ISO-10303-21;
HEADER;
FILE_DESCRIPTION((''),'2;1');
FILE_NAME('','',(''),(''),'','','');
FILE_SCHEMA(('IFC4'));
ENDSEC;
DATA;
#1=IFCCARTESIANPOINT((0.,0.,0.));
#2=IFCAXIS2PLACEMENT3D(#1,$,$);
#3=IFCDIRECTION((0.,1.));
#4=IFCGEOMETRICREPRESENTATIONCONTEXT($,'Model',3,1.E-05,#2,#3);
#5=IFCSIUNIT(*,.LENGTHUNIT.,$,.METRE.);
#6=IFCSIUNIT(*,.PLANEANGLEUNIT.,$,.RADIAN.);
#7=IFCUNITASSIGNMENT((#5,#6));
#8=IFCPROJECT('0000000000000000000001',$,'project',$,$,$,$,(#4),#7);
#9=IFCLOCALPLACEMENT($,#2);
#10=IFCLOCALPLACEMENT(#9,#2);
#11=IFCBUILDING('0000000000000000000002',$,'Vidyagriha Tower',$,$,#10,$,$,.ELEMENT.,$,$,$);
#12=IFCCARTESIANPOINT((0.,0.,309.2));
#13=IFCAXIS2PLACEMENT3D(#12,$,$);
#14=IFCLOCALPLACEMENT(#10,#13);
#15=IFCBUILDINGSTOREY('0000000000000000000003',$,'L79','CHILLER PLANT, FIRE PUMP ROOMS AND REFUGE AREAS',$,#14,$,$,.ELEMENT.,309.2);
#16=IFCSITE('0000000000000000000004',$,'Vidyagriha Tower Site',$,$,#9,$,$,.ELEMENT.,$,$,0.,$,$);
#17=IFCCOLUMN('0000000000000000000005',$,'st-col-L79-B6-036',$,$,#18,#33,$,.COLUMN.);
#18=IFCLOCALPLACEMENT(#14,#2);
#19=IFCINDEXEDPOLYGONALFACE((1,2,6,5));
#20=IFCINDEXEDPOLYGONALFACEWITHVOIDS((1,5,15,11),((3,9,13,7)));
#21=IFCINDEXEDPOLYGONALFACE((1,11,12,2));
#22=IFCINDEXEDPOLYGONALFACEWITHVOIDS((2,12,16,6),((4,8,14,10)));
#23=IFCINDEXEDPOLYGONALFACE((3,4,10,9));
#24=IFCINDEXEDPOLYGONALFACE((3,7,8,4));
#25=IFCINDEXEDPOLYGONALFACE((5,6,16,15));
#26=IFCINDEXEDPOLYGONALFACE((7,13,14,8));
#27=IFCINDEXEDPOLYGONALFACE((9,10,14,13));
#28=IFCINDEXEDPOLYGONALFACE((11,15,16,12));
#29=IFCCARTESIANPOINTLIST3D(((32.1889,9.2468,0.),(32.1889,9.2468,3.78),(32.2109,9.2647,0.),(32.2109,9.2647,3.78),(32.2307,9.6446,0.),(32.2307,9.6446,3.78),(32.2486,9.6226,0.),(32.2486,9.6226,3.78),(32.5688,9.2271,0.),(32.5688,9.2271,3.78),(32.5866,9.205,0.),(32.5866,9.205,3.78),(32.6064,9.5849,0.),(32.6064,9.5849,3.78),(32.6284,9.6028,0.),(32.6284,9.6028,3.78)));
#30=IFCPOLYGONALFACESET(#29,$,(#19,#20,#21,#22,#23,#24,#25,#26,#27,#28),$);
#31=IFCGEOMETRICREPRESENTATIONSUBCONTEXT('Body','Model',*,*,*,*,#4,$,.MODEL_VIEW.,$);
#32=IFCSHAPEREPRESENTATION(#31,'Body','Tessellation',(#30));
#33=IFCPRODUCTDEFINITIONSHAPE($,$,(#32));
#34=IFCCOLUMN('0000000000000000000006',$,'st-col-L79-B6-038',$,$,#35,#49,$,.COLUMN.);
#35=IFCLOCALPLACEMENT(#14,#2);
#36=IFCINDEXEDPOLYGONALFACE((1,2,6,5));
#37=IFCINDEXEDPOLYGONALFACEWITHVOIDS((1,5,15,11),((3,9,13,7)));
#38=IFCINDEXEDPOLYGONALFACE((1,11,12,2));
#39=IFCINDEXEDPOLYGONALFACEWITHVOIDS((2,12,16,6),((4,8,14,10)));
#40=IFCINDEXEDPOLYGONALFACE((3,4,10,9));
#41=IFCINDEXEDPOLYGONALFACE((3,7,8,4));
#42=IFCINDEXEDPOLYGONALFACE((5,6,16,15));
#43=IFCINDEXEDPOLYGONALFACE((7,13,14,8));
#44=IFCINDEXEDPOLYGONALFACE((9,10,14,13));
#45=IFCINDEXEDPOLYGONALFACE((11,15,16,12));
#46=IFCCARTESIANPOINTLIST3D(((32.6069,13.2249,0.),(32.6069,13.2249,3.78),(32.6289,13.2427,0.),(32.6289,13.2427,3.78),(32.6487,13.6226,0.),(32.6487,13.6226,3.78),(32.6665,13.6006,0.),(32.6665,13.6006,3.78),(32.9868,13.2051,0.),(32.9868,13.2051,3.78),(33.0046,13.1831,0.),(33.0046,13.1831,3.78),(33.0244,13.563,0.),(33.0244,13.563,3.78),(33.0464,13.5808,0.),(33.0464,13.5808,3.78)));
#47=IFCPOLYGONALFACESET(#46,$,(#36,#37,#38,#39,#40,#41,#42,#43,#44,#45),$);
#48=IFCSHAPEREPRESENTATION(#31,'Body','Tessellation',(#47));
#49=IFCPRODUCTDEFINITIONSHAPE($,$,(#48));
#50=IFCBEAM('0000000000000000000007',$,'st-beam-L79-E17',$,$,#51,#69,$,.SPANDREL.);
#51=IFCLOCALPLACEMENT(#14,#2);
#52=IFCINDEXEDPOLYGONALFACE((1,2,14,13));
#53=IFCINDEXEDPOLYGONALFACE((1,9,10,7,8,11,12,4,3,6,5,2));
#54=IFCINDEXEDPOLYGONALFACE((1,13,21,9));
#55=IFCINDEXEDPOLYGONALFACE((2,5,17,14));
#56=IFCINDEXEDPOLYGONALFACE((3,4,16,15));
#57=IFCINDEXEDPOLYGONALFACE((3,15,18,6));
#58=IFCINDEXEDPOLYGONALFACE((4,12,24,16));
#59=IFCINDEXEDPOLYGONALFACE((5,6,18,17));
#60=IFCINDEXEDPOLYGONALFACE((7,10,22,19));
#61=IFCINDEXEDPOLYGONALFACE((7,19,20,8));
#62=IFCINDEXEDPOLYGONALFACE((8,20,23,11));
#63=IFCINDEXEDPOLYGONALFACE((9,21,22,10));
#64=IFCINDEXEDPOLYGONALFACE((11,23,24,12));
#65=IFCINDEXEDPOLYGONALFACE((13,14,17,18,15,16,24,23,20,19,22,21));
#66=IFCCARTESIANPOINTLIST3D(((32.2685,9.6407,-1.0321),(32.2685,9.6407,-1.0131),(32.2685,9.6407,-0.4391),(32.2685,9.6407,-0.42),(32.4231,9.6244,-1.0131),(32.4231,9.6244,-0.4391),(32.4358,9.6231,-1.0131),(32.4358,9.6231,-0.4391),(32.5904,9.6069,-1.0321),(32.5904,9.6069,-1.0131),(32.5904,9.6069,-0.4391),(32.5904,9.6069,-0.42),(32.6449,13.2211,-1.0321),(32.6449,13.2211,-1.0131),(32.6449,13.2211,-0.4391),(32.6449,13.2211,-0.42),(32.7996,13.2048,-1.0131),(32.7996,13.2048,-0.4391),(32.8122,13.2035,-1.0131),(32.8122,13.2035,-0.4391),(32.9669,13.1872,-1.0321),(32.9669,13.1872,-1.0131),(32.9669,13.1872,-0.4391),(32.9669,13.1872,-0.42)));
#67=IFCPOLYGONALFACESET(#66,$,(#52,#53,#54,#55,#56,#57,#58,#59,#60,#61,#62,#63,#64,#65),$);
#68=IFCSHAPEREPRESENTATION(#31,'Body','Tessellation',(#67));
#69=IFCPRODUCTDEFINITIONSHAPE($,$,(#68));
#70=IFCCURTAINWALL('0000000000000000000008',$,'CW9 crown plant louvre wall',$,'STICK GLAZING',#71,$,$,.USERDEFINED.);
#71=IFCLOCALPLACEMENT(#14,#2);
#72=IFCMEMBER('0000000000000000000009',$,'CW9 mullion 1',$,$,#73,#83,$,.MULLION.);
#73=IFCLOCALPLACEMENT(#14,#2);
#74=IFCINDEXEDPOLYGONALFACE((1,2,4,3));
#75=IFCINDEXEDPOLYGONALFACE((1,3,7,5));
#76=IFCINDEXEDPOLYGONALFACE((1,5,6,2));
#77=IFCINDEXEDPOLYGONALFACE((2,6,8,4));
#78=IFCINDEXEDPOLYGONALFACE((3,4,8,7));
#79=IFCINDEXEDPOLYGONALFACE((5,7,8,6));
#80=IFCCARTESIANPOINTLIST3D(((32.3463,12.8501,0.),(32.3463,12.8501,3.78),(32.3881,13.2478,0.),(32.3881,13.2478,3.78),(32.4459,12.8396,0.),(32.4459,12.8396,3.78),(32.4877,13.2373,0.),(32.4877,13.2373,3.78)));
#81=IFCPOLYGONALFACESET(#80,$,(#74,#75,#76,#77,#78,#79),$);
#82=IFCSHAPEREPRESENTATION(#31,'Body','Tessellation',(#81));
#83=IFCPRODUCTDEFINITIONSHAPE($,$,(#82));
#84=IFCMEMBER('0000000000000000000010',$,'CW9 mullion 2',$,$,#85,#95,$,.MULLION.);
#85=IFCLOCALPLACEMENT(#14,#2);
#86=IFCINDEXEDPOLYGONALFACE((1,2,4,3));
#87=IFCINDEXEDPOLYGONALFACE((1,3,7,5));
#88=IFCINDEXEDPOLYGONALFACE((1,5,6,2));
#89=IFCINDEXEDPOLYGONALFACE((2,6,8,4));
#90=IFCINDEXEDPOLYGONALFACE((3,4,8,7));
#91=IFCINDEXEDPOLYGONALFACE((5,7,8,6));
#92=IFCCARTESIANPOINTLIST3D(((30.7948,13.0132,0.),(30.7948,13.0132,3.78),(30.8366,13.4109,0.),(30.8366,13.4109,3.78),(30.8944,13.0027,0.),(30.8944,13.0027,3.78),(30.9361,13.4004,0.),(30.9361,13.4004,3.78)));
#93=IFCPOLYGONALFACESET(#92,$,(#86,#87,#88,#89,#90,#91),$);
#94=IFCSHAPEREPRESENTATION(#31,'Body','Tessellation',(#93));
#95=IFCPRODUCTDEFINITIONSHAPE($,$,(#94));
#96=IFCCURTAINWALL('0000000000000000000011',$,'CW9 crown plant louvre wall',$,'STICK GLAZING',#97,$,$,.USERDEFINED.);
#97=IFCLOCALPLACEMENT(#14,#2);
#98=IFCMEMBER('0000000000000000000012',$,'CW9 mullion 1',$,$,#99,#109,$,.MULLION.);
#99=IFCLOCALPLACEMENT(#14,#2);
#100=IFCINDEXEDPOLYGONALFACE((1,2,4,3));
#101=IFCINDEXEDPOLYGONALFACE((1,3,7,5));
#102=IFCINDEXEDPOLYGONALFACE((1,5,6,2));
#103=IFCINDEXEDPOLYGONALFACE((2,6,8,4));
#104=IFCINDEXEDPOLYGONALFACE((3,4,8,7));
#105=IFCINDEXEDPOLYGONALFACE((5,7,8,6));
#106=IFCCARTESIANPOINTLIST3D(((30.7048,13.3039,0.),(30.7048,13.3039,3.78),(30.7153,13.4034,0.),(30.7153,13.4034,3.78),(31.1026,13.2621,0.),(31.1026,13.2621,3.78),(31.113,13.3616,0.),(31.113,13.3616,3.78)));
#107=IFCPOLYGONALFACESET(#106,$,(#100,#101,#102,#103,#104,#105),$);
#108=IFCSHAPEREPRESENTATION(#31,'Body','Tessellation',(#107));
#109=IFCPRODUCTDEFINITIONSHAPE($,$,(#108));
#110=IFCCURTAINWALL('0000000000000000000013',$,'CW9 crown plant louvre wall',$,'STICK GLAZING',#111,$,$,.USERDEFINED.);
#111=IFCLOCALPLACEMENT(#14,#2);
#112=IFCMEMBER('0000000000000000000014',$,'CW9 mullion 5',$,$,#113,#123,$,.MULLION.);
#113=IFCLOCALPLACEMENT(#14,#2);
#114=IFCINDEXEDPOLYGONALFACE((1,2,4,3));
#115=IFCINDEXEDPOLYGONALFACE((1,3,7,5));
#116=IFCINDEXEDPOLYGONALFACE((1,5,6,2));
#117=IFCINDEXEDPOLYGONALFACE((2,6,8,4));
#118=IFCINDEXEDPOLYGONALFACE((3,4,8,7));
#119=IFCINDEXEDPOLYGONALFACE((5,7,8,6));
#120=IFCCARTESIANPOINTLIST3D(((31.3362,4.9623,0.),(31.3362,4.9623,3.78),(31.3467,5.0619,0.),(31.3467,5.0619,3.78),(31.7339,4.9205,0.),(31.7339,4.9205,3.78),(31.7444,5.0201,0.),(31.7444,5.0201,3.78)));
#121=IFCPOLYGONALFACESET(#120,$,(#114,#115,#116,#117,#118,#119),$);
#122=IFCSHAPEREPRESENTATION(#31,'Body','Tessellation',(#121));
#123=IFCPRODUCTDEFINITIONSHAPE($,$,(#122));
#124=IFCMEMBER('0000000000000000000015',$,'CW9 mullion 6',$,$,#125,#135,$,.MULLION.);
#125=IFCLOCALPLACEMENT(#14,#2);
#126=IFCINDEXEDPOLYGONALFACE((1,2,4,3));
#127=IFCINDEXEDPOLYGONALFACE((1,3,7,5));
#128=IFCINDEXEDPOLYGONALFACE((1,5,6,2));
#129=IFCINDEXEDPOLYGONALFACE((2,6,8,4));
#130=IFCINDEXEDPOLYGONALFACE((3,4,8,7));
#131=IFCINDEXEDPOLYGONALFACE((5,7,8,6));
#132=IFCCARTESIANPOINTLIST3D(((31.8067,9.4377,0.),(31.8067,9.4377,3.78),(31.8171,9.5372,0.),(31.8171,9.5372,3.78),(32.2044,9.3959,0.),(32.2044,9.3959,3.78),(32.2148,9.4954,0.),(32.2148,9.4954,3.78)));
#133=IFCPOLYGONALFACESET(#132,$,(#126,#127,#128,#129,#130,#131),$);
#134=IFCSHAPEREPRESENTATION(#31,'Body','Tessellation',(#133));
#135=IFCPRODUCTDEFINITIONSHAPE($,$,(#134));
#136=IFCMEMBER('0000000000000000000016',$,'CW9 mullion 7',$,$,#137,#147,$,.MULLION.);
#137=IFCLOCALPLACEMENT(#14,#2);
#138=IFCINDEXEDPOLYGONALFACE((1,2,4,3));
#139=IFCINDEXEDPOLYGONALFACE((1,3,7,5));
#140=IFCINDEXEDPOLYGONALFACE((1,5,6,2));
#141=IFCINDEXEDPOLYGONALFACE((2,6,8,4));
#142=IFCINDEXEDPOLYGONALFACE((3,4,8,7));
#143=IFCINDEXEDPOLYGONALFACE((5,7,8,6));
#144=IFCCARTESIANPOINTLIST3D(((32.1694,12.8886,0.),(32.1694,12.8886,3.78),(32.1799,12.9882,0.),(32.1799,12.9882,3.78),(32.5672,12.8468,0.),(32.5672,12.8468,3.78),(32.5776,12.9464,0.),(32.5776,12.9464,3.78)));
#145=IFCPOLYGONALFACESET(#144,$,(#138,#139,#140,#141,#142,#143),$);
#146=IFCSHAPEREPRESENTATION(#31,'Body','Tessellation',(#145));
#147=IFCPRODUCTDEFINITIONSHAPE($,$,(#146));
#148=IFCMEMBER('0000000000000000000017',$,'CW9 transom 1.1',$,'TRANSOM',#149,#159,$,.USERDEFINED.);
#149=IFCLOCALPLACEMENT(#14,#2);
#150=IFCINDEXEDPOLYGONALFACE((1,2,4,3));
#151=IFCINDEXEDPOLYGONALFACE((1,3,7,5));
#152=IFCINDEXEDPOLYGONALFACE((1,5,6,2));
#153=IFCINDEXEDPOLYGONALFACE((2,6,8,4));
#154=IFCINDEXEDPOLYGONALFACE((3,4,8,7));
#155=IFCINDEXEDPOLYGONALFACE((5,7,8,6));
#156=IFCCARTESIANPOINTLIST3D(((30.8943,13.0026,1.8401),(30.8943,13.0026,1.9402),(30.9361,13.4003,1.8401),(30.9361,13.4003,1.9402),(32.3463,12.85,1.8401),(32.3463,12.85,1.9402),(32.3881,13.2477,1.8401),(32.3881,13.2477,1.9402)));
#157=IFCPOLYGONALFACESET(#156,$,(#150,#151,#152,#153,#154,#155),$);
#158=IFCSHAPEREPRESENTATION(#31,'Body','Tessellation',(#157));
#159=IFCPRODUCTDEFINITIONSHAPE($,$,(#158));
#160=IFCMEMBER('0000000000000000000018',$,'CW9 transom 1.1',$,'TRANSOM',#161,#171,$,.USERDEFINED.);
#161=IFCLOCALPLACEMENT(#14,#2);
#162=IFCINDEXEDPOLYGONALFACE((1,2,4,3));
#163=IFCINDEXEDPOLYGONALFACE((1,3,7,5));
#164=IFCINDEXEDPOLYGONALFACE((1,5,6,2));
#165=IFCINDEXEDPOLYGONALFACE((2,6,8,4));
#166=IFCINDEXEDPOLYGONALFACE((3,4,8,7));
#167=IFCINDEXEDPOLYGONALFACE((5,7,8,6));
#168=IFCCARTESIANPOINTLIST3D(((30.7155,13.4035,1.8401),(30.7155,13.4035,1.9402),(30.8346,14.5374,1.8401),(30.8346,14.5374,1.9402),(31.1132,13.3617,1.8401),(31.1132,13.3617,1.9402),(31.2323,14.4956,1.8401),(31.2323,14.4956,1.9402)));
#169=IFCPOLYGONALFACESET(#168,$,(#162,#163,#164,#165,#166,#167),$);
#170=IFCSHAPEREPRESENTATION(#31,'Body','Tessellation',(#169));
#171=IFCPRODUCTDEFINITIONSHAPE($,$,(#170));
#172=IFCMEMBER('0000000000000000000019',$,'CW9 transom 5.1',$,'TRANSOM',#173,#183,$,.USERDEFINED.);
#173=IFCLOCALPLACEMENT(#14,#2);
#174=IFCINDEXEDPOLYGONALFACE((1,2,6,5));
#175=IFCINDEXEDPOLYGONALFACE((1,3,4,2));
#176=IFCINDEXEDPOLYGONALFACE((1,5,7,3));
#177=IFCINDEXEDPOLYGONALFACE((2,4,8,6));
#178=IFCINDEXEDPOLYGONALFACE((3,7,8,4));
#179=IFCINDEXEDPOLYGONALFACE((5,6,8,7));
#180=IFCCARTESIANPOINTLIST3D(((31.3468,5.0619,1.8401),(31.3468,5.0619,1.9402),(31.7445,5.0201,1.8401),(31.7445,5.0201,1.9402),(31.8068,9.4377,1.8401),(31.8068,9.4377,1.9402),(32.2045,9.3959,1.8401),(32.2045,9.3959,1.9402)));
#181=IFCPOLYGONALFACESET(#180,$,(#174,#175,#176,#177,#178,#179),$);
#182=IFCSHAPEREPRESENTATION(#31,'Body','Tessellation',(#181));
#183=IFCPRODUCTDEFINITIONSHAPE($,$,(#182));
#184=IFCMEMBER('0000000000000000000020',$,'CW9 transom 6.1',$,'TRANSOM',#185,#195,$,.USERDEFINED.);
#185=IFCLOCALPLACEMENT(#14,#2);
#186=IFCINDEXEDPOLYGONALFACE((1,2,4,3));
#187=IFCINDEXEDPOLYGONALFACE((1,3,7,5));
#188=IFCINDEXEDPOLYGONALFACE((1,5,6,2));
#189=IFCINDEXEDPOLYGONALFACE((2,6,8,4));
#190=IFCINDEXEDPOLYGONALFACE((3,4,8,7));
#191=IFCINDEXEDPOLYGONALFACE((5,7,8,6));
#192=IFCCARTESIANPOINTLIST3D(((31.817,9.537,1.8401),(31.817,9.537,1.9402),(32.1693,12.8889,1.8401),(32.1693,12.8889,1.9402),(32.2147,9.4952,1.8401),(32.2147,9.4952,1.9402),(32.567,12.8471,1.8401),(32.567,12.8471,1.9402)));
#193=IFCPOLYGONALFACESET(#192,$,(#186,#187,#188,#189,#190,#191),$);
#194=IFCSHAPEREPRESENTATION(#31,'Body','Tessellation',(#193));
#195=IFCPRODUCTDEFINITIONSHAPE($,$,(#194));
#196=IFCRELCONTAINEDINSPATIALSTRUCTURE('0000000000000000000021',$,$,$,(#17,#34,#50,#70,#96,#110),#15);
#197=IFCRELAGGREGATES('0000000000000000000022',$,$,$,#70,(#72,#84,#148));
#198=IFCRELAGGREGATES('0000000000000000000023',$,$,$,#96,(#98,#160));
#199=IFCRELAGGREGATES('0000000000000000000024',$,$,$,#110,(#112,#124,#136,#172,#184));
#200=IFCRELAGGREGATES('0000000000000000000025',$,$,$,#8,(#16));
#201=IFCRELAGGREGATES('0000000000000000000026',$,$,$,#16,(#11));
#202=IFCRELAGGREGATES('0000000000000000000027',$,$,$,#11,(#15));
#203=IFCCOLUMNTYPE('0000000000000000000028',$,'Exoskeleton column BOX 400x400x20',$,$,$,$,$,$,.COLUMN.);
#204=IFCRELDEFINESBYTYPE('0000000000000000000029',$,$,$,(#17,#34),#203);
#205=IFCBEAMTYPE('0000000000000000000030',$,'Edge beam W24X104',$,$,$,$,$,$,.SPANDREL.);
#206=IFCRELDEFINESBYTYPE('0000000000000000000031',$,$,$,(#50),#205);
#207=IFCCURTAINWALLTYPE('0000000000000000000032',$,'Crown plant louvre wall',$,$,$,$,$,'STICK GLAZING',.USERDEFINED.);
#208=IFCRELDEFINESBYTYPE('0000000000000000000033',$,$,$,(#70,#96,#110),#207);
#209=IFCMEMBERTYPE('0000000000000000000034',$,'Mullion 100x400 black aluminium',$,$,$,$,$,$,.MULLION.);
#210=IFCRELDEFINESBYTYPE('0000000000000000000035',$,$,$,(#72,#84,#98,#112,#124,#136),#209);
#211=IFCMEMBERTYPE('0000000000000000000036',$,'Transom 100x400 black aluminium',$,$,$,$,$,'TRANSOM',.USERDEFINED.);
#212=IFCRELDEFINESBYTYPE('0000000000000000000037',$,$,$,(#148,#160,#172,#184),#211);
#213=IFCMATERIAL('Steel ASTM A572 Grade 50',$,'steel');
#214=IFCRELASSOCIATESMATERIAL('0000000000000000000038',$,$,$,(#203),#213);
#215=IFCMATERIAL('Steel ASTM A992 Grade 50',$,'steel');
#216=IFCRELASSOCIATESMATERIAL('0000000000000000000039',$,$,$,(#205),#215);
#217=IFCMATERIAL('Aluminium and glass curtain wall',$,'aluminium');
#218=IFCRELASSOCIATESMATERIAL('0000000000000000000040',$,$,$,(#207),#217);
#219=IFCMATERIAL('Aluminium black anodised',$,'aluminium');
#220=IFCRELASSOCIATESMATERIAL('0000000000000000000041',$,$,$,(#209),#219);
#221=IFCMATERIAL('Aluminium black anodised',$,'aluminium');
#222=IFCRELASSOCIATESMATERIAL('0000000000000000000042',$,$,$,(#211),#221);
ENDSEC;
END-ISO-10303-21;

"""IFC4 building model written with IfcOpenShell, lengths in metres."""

from ifc_helpers import new_model, si_unit, direction, frame, origin, origin_2d, place, context, subcontext, project, spatial, rectangle, hollow_rectangle, i_section, extrude, material, material_profile, profile_set, type_object, element, aggregate, save


model = new_model("IFC4")

# Units and contexts
model_context = context("Model", 3, precision=1e-05, world=origin(), true_north=direction((0.0, 1.0)))
body_context = subcontext(model_context, "Body", "Model", "MODEL_VIEW")
ifc_project = project(units=[si_unit("LENGTHUNIT", "METRE"), si_unit("PLANEANGLEUNIT", "RADIAN")], contexts=[model_context])

# Site, building, storey
site_placement = place(None, origin())
site = spatial("IfcSite", under=ifc_project, at=site_placement, Name="Vidyagriha Tower Site", CompositionType="ELEMENT", RefElevation=0.0)
building_placement = place(site_placement, origin())
building = spatial("IfcBuilding", under=site, at=building_placement, Name="Vidyagriha Tower", CompositionType="ELEMENT")
storey_placement = place(building_placement, frame((0.0, 0.0, 309.2)))
storey = spatial("IfcBuildingStorey", under=building, at=storey_placement, Name="L79", Description="CHILLER PLANT, FIRE PUMP ROOMS AND REFUGE AREAS", CompositionType="ELEMENT", Elevation=309.2)

# Columns
ifc_material_1 = material(Name="Steel ASTM A572 Grade 50", Category="steel")
ifc_material_profile_1 = material_profile(ifc_material_1, hollow_rectangle(XDim=0.3999, YDim=0.3999, WallThickness=0.02, at=origin_2d()), Name="BOX 400x400x20")
ifc_profile_set_1 = profile_set([ifc_material_profile_1], Name="Steel ASTM A572 Grade 50")
column_type = type_object("IfcColumnType", Name="Exoskeleton column BOX 400x400x20", PredefinedType="COLUMN", material=ifc_profile_set_1)
for number, where, z_axis, x_axis, name in (
    (1, (32.4087, 9.4248, 0.0), (0.0, 0.0, 1.0), (0.994522, -0.104528, 0.0), "st-col-L79-B6-036"),
    (2, (32.8267, 13.4028, 0.0), (0.0, 0.0, 1.0), (0.994522, -0.104528, 0.0), "st-col-L79-B6-038"),
):
    element("IfcColumn", number, at=place(storey_placement, frame(where, z_axis=z_axis, x_axis=x_axis)), inside=storey, type_object=column_type, Name=name, PredefinedType="COLUMN", context=body_context, shape_type="SweptSolid", body=[
        extrude(hollow_rectangle(XDim=0.3999, YDim=0.3999, WallThickness=0.02, at=origin_2d()), origin(), (0.0, 0.0, 1.0), 3.78),
    ])

# Beam
ifc_material_2 = material(Name="Steel ASTM A992 Grade 50", Category="steel")
ifc_material_profile_2 = material_profile(ifc_material_2, i_section(OverallWidth=0.3237, OverallDepth=0.6121, WebThickness=0.0127, FlangeThickness=0.019, at=origin_2d()), Name="W24X104")
ifc_profile_set_2 = profile_set([ifc_material_profile_2], Name="Steel ASTM A992 Grade 50")
beam_type = type_object("IfcBeamType", Name="Edge beam W24X104", PredefinedType="SPANDREL", material=ifc_profile_set_2)
beam_placement = place(storey_placement, frame((32.4294, 9.6238, -0.7261), z_axis=(0.104572, 0.994517, 0.0), x_axis=(-0.994517, 0.104572, 0.0)))
element("IfcBeam", 3, at=beam_placement, inside=storey, type_object=beam_type, Name="st-beam-L79-E17", PredefinedType="SPANDREL", context=body_context, shape_type="SweptSolid", body=[
    extrude(i_section(OverallWidth=0.3237, OverallDepth=0.6121, WebThickness=0.0127, FlangeThickness=0.019, at=origin_2d()), origin(), (0.0, 0.0, 1.0), 3.6001),
])

# Curtain wall, members
ifc_material_3 = material(Name="Aluminium and glass curtain wall", Category="aluminium")
curtain_wall_type = type_object("IfcCurtainWallType", Name="Crown plant louvre wall", ElementType="STICK GLAZING", PredefinedType="USERDEFINED", material=ifc_material_3)
curtain_wall_1_placement = place(storey_placement, origin())
curtain_wall_1 = element("IfcCurtainWall", 4, at=curtain_wall_1_placement, inside=storey, type_object=curtain_wall_type, Name="CW9 crown plant louvre wall", ObjectType="STICK GLAZING", PredefinedType="USERDEFINED")
ifc_material_4 = material(Name="Aluminium black anodised", Category="aluminium")
ifc_material_profile_3 = material_profile(ifc_material_4, rectangle(XDim=0.3999, YDim=0.1001, at=origin_2d()), Name="Mullion 100x400 black aluminium")
ifc_profile_set_3 = profile_set([ifc_material_profile_3], Name="Aluminium black anodised")
member_type_1 = type_object("IfcMemberType", Name="Mullion 100x400 black aluminium", PredefinedType="MULLION", material=ifc_profile_set_3)
member_1_placement = place(storey_placement, frame((32.417, 13.0437, 0.0), z_axis=(0.0, 0.0, 1.0), x_axis=(-0.104465, -0.994529, 0.0)))
member_1 = element("IfcMember", 5, at=member_1_placement, type_object=member_type_1, Name="CW9 mullion 1", PredefinedType="MULLION", context=body_context, shape_type="SweptSolid", body=[
    extrude(rectangle(XDim=0.3999, YDim=0.1001, at=origin_2d()), origin(), (0.0, 0.0, 1.0), 3.78),
])
member_2_placement = place(storey_placement, frame((30.8655, 13.2068, 0.0), z_axis=(0.0, 0.0, 1.0), x_axis=(-0.104465, -0.994529, 0.0)))
member_2 = element("IfcMember", 6, at=member_2_placement, type_object=member_type_1, Name="CW9 mullion 2", PredefinedType="MULLION", context=body_context, shape_type="SweptSolid", body=[
    extrude(rectangle(XDim=0.3999, YDim=0.1001, at=origin_2d()), origin(), (0.0, 0.0, 1.0), 3.78),
])

# Curtain wall, member
curtain_wall_2_placement = place(storey_placement, origin())
curtain_wall_2 = element("IfcCurtainWall", 7, at=curtain_wall_2_placement, inside=storey, type_object=curtain_wall_type, Name="CW9 crown plant louvre wall", ObjectType="STICK GLAZING", PredefinedType="USERDEFINED")
member_3_placement = place(storey_placement, frame((30.9089, 13.3328, 0.0), z_axis=(0.0, 0.0, 1.0), x_axis=(-0.994528, 0.104475, 0.0)))
member_3 = element("IfcMember", 8, at=member_3_placement, type_object=member_type_1, Name="CW9 mullion 1", PredefinedType="MULLION", context=body_context, shape_type="SweptSolid", body=[
    extrude(rectangle(XDim=0.3999, YDim=0.1001, at=origin_2d()), origin(), (0.0, 0.0, 1.0), 3.78),
])

# Curtain wall, members
curtain_wall_3_placement = place(storey_placement, origin())
curtain_wall_3 = element("IfcCurtainWall", 9, at=curtain_wall_3_placement, inside=storey, type_object=curtain_wall_type, Name="CW9 crown plant louvre wall", ObjectType="STICK GLAZING", PredefinedType="USERDEFINED")
member_4_placement = place(storey_placement, frame((31.5403, 4.9912, 0.0), z_axis=(0.0, 0.0, 1.0), x_axis=(-0.994522, 0.104527, 0.0)))
member_4 = element("IfcMember", 10, at=member_4_placement, type_object=member_type_1, Name="CW9 mullion 5", PredefinedType="MULLION", context=body_context, shape_type="SweptSolid", body=[
    extrude(rectangle(XDim=0.3999, YDim=0.1001, at=origin_2d()), origin(), (0.0, 0.0, 1.0), 3.78),
])
member_5_placement = place(storey_placement, frame((32.0107, 9.4666, 0.0), z_axis=(0.0, 0.0, 1.0), x_axis=(-0.994522, 0.104527, 0.0)))
member_5 = element("IfcMember", 11, at=member_5_placement, type_object=member_type_1, Name="CW9 mullion 6", PredefinedType="MULLION", context=body_context, shape_type="SweptSolid", body=[
    extrude(rectangle(XDim=0.3999, YDim=0.1001, at=origin_2d()), origin(), (0.0, 0.0, 1.0), 3.78),
])
member_6_placement = place(storey_placement, frame((32.3735, 12.9175, 0.0), z_axis=(0.0, 0.0, 1.0), x_axis=(-0.994522, 0.104527, 0.0)))
member_6 = element("IfcMember", 12, at=member_6_placement, type_object=member_type_1, Name="CW9 mullion 7", PredefinedType="MULLION", context=body_context, shape_type="SweptSolid", body=[
    extrude(rectangle(XDim=0.3999, YDim=0.1001, at=origin_2d()), origin(), (0.0, 0.0, 1.0), 3.78),
])

# Members
ifc_material_5 = material(Name="Aluminium black anodised", Category="aluminium")
ifc_material_profile_4 = material_profile(ifc_material_5, rectangle(XDim=0.3999, YDim=0.1001, at=origin_2d()), Name="Transom 100x400 black aluminium")
ifc_profile_set_4 = profile_set([ifc_material_profile_4], Name="Aluminium black anodised")
member_type_2 = type_object("IfcMemberType", Name="Transom 100x400 black aluminium", ElementType="TRANSOM", PredefinedType="USERDEFINED", material=ifc_profile_set_4)
member_7_placement = place(storey_placement, frame((32.3672, 13.0488, 1.8901), z_axis=(-0.994523, 0.104519, 0.0), x_axis=(-0.104519, -0.994523, 0.0)))
member_7 = element("IfcMember", 13, at=member_7_placement, type_object=member_type_2, Name="CW9 transom 1.1", ObjectType="TRANSOM", PredefinedType="USERDEFINED", context=body_context, shape_type="SweptSolid", body=[
    extrude(rectangle(XDim=0.3999, YDim=0.1001, at=origin_2d()), origin(), (0.0, 0.0, 1.0), 1.46),
])
member_8_placement = place(storey_placement, frame((30.9143, 13.3826, 1.8901), z_axis=(0.104506, 0.994524, 0.0), x_axis=(-0.994524, 0.104506, 0.0)))
member_8 = element("IfcMember", 14, at=member_8_placement, type_object=member_type_2, Name="CW9 transom 1.1", ObjectType="TRANSOM", PredefinedType="USERDEFINED", context=body_context, shape_type="SweptSolid", body=[
    extrude(rectangle(XDim=0.3999, YDim=0.1001, at=origin_2d()), origin(), (0.0, 0.0, 1.0), 1.1401),
])
member_9_placement = place(storey_placement, frame((31.5457, 5.041, 1.8901), z_axis=(0.10454, 0.994521, 0.0), x_axis=(-0.994521, 0.10454, 0.0)))
member_9 = element("IfcMember", 15, at=member_9_placement, type_object=member_type_2, Name="CW9 transom 5.1", ObjectType="TRANSOM", PredefinedType="USERDEFINED", context=body_context, shape_type="SweptSolid", body=[
    extrude(rectangle(XDim=0.3999, YDim=0.1001, at=origin_2d()), origin(), (0.0, 0.0, 1.0), 4.3999),
])
member_10_placement = place(storey_placement, frame((32.0159, 9.5161, 1.8901), z_axis=(0.10453, 0.994522, 0.0), x_axis=(-0.994522, 0.10453, 0.0)))
member_10 = element("IfcMember", 16, at=member_10_placement, type_object=member_type_2, Name="CW9 transom 6.1", ObjectType="TRANSOM", PredefinedType="USERDEFINED", context=body_context, shape_type="SweptSolid", body=[
    extrude(rectangle(XDim=0.3999, YDim=0.1001, at=origin_2d()), origin(), (0.0, 0.0, 1.0), 3.3704),
])

aggregate(curtain_wall_1, [member_1, member_2, member_7])
aggregate(curtain_wall_2, [member_3, member_8])
aggregate(curtain_wall_3, [member_4, member_5, member_6, member_9, member_10])

save(model, "model.ifc")
